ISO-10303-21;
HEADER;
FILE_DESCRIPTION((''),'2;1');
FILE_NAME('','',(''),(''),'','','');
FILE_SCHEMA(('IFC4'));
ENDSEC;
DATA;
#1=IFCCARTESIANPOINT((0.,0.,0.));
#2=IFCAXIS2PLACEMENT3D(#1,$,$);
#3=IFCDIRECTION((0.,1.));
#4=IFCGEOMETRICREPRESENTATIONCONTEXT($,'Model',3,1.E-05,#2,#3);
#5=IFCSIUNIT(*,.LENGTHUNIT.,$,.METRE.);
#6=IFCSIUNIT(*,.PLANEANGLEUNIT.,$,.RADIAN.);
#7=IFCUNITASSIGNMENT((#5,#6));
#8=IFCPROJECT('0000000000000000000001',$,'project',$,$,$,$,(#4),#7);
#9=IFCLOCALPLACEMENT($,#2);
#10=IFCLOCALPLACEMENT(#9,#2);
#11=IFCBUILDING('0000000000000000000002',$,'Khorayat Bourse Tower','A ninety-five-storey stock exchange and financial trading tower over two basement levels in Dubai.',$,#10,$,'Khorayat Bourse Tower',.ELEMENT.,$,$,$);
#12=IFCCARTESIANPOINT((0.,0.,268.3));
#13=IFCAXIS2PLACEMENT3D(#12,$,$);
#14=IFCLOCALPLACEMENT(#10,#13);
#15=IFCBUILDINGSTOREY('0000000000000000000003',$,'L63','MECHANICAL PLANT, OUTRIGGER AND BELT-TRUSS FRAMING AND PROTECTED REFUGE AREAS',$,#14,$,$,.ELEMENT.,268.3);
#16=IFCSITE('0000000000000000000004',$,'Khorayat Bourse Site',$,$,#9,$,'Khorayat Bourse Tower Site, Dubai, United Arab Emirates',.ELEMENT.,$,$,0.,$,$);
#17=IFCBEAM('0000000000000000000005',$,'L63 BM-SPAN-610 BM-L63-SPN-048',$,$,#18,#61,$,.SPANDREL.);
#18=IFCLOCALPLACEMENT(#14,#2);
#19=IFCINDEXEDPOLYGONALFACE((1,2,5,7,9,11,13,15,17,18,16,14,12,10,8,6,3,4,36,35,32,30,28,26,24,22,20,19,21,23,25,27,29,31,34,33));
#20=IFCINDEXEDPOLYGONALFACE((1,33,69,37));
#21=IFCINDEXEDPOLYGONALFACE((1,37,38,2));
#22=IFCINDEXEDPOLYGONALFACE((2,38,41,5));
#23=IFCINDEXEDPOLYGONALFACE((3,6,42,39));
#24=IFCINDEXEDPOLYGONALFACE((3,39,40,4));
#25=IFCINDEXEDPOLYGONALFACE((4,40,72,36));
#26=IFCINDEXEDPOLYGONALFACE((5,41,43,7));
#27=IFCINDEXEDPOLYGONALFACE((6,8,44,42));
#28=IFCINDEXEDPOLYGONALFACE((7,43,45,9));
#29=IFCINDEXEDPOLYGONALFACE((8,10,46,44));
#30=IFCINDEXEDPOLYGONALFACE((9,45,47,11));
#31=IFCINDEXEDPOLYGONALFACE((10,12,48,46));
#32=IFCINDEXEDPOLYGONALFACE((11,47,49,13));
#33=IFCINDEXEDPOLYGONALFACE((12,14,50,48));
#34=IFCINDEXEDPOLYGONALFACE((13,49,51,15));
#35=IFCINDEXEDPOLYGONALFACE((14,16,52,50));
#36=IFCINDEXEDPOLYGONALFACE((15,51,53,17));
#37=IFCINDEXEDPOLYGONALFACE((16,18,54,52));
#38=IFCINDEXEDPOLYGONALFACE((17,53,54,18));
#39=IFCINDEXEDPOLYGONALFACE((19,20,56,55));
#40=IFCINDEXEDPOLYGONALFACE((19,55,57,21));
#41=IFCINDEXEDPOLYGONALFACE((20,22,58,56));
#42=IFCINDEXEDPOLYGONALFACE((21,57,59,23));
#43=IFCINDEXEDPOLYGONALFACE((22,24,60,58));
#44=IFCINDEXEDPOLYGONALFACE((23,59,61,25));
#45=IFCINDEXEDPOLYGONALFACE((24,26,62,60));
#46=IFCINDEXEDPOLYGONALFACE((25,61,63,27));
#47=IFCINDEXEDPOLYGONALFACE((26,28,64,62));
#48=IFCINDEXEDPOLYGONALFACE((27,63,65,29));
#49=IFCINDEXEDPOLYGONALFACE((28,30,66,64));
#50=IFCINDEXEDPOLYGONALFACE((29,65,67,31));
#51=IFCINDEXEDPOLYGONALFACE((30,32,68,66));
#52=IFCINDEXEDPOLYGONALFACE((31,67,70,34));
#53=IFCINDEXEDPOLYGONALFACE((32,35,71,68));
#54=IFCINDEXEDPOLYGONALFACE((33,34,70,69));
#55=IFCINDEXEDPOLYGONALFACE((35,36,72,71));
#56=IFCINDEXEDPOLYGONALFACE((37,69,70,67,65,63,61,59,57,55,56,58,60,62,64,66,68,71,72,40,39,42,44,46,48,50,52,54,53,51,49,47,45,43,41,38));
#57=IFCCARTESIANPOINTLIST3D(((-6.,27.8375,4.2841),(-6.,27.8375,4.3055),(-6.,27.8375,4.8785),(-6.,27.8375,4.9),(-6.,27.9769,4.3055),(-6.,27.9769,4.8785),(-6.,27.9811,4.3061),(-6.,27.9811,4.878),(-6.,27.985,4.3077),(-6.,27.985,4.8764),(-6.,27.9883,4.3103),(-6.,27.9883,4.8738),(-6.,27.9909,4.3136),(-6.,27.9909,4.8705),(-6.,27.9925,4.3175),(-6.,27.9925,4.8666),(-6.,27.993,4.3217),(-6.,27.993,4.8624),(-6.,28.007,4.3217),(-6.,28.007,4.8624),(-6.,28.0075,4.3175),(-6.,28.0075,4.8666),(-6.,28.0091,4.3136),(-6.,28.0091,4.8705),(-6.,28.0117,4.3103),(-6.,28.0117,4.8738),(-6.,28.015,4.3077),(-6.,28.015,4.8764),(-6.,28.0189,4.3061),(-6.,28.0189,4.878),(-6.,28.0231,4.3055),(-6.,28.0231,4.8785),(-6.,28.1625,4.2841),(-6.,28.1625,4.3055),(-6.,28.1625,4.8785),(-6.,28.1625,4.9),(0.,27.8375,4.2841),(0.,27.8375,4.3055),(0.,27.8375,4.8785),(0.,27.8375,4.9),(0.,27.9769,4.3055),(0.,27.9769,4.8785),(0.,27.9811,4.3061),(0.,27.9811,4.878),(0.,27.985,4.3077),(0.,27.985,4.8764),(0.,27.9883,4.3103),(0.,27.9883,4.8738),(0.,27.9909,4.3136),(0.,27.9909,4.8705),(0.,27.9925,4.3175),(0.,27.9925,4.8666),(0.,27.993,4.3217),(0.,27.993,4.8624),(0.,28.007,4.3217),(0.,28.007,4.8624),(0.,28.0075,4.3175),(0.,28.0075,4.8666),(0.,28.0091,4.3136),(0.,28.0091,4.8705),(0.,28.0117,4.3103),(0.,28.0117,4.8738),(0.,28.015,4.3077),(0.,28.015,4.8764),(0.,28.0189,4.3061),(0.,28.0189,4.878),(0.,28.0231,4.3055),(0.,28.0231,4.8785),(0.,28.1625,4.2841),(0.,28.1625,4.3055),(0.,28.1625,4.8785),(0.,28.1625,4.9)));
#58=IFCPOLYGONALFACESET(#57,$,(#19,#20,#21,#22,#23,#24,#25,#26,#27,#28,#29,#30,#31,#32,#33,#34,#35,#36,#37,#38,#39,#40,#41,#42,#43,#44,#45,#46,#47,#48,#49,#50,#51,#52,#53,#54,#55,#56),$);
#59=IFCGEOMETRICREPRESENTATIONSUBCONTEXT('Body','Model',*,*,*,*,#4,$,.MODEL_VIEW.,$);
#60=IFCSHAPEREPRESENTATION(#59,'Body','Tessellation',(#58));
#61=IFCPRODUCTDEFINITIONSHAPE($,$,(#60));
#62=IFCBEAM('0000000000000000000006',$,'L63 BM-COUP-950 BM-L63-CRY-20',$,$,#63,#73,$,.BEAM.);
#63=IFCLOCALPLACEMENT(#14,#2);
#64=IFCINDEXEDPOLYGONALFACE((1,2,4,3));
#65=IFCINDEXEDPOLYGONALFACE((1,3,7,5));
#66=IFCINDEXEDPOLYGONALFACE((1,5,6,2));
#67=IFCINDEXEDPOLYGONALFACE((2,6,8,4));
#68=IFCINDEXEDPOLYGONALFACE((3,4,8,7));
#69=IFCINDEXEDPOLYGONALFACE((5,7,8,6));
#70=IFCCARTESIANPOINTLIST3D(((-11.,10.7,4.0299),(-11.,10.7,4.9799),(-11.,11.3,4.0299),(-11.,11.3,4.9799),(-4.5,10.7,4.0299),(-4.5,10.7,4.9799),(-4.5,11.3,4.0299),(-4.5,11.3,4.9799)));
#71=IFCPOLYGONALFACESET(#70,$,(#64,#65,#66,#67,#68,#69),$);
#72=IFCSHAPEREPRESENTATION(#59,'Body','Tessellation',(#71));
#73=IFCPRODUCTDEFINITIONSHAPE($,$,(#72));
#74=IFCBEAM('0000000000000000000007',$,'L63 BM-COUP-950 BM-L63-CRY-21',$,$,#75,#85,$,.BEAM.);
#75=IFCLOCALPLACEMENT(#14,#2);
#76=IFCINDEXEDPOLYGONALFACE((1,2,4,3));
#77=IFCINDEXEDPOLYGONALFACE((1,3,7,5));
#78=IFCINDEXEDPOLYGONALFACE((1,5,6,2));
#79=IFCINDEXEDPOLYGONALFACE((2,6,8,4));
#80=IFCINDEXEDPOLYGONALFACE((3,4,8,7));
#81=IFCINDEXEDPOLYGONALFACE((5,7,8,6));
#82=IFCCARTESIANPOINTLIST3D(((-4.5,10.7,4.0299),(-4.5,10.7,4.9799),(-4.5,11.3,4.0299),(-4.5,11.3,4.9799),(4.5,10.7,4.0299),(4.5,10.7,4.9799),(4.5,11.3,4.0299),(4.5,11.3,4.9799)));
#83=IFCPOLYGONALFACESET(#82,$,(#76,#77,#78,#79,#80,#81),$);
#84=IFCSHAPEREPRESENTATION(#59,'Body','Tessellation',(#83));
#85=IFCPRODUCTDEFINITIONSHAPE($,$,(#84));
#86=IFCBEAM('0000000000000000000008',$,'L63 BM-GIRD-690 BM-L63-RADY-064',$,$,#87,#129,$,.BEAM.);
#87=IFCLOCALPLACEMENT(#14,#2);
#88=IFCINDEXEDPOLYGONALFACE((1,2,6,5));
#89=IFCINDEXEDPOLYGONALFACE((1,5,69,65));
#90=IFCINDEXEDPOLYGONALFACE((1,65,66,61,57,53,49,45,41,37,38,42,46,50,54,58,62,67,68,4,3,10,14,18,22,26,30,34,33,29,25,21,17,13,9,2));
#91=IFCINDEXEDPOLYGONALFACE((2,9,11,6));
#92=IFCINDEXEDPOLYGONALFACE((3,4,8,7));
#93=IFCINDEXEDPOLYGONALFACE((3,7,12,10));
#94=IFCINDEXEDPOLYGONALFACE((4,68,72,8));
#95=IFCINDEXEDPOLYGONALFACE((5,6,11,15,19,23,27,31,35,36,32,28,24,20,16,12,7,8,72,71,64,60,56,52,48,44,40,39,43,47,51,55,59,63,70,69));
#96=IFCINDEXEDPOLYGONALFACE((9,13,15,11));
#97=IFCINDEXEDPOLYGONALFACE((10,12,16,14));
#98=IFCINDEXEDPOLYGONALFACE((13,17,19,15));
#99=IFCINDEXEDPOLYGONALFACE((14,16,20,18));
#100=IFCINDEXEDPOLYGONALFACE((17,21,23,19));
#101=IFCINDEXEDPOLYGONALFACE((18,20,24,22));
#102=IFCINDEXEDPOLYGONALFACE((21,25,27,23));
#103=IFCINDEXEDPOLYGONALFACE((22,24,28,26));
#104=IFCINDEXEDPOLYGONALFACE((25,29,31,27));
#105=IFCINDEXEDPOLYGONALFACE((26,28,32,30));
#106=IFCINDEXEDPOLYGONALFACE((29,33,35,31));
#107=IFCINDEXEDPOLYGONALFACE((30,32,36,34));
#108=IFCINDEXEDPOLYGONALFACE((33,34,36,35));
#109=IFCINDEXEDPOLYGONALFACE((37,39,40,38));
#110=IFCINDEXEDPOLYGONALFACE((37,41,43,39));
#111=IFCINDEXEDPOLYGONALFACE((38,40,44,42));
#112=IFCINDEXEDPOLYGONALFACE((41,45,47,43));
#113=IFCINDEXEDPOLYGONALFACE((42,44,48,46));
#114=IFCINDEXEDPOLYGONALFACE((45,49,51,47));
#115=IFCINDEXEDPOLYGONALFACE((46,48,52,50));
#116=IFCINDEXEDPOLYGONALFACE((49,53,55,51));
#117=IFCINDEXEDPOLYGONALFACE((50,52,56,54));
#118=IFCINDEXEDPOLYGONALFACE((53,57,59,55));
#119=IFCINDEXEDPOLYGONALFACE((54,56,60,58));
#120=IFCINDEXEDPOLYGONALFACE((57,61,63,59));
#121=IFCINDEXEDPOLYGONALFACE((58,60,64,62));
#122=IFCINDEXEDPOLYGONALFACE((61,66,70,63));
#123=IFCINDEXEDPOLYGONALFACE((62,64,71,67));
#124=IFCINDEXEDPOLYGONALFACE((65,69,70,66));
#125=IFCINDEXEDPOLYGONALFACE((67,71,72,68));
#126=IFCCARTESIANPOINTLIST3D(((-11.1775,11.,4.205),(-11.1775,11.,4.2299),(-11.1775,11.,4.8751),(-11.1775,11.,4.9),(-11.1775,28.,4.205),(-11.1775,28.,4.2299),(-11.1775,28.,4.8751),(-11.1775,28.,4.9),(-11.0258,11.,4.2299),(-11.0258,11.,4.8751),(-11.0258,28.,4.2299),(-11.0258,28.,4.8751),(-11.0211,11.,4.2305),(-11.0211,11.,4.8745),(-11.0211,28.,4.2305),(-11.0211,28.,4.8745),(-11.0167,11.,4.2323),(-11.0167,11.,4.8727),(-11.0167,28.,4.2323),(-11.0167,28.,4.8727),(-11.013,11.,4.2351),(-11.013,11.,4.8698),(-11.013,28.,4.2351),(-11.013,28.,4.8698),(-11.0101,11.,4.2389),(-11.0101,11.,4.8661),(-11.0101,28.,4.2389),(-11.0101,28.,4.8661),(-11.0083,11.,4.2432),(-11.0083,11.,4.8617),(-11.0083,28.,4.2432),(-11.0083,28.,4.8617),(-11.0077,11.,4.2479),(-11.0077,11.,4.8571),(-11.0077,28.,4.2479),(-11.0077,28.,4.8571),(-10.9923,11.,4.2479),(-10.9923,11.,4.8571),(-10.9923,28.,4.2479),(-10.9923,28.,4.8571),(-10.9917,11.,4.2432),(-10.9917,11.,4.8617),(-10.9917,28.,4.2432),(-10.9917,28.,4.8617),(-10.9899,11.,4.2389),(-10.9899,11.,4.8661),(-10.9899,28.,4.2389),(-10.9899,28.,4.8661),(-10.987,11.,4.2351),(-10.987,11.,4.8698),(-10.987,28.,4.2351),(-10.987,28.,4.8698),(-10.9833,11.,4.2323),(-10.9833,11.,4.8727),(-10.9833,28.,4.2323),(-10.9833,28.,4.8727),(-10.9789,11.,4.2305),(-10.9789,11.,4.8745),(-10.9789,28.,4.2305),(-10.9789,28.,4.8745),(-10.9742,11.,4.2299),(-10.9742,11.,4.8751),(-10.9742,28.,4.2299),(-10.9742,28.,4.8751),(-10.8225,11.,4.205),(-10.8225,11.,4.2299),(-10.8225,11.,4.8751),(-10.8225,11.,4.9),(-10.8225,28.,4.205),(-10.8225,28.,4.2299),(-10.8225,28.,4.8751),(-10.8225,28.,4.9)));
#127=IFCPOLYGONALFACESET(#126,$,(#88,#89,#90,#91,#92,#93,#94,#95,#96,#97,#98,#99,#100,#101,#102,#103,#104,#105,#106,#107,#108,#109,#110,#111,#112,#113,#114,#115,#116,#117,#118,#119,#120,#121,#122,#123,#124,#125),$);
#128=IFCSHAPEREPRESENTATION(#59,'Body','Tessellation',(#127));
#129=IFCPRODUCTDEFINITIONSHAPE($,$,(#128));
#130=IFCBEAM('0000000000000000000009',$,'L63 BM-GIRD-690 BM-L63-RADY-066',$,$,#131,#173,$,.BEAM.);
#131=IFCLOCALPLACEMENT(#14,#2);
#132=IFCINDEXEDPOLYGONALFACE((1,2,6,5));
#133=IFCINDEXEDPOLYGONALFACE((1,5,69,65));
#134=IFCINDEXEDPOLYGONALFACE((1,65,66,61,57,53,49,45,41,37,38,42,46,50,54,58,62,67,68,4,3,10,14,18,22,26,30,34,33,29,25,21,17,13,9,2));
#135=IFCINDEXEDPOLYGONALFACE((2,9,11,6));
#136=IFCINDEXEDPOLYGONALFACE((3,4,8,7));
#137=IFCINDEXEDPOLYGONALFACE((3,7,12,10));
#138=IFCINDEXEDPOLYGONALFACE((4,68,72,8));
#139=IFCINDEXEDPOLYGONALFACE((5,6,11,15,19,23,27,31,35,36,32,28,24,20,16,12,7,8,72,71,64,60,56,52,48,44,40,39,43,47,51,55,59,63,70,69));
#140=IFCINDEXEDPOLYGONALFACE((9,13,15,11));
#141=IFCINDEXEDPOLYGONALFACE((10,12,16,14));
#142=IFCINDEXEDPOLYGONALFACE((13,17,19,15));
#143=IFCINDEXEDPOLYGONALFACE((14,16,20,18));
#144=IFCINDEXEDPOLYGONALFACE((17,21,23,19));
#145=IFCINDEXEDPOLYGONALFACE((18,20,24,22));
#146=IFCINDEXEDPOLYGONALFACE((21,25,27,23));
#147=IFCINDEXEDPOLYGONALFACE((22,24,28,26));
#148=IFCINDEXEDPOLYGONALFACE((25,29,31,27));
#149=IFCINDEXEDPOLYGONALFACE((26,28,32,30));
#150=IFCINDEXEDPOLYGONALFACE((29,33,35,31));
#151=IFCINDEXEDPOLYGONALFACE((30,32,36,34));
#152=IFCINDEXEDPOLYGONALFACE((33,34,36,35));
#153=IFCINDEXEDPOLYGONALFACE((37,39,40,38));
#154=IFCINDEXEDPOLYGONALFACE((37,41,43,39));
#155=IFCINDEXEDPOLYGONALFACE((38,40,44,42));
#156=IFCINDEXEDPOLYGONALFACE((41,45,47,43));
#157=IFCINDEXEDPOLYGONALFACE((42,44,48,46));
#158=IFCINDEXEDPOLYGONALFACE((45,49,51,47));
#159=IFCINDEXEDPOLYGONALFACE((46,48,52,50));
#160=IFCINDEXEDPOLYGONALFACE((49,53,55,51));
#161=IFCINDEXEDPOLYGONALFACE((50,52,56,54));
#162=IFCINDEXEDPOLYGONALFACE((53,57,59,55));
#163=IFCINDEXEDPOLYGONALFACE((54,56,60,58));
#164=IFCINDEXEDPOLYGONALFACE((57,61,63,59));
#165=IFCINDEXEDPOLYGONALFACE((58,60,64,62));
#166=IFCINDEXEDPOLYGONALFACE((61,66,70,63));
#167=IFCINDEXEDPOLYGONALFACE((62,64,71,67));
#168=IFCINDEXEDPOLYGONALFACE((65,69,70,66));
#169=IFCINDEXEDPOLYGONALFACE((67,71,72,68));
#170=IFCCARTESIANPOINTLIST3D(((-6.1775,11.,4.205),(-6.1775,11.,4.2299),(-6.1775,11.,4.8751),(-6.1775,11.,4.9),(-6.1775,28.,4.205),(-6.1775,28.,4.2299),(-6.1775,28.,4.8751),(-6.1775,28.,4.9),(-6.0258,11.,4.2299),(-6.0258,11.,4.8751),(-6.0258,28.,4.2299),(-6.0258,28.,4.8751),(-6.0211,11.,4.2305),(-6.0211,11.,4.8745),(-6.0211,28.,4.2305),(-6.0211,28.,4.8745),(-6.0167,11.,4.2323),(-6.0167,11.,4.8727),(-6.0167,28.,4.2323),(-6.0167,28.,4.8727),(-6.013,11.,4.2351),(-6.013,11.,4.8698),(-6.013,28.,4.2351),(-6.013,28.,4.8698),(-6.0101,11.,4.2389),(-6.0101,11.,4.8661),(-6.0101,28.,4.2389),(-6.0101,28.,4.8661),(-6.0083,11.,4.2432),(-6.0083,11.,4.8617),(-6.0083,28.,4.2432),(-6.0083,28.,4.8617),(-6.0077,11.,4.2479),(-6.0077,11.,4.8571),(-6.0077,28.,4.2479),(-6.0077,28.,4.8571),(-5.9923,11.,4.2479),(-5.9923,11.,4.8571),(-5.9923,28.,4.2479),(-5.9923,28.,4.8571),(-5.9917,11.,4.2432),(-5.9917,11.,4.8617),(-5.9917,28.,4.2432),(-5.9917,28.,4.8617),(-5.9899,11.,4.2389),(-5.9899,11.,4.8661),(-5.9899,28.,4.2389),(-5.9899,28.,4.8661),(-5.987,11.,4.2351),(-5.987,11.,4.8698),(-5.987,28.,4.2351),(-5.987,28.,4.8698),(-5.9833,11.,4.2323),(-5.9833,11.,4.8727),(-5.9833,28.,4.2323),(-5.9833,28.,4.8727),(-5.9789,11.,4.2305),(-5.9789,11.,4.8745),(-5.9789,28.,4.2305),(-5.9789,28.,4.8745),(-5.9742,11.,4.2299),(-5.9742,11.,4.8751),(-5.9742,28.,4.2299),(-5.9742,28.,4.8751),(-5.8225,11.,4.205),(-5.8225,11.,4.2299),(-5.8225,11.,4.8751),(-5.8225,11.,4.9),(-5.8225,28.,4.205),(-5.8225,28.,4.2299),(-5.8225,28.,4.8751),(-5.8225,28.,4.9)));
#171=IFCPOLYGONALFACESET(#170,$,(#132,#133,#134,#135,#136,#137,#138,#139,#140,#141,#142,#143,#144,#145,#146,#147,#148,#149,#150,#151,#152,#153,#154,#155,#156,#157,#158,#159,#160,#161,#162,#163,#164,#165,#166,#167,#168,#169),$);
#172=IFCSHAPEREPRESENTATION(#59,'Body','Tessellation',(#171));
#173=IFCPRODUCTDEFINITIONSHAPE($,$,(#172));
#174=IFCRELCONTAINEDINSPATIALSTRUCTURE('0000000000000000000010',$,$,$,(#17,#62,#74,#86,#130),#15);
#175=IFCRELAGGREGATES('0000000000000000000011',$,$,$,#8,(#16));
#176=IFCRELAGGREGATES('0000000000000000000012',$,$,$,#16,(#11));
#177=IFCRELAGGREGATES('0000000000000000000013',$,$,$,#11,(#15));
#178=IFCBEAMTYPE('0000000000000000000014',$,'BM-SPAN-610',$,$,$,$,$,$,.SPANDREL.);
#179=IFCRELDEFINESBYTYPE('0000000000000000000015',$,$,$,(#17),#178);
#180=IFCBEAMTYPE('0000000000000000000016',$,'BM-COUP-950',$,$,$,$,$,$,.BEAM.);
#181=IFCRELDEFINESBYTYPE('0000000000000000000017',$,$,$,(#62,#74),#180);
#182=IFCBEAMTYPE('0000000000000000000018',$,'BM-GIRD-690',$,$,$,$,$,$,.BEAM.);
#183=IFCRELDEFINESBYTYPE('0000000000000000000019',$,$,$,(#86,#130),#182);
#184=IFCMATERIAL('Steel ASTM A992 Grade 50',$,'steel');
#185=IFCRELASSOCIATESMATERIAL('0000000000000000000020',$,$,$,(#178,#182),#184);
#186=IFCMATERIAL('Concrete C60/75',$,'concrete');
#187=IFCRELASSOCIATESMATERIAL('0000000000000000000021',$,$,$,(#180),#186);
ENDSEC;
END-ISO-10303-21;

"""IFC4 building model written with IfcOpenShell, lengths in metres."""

from ifc_helpers import new_model, si_unit, direction, frame, origin, origin_2d, place, context, subcontext, project, spatial, rectangle, i_section, extrude, source, transform, mapped, material, material_profile, profile_set, type_object, element, save


model = new_model("IFC4")

# Units and contexts
model_context = context("Model", 3, precision=1e-05, world=origin(), true_north=direction((0.0, 1.0)))
body_context = subcontext(model_context, "Body", "Model", "MODEL_VIEW")
ifc_project = project(units=[si_unit("LENGTHUNIT", "METRE"), si_unit("PLANEANGLEUNIT", "RADIAN")], contexts=[model_context])

# Site, building, storey
site_placement = place(None, origin())
site = spatial("IfcSite", under=ifc_project, at=site_placement, Name="Khorayat Bourse Site", LongName="Khorayat Bourse Tower Site, Dubai, United Arab Emirates", CompositionType="ELEMENT", RefElevation=0.0)
building_placement = place(site_placement, origin())
building = spatial("IfcBuilding", under=site, at=building_placement, Name="Khorayat Bourse Tower", Description="A ninety-five-storey stock exchange and financial trading tower over two basement levels in Dubai.", LongName="Khorayat Bourse Tower", CompositionType="ELEMENT")
storey_placement = place(building_placement, frame((0.0, 0.0, 268.3)))
storey = spatial("IfcBuildingStorey", under=building, at=storey_placement, Name="L63", Description="MECHANICAL PLANT, OUTRIGGER AND BELT-TRUSS FRAMING AND PROTECTED REFUGE AREAS", CompositionType="ELEMENT", Elevation=268.3)

# Beams
ifc_material_1 = material(Name="Steel ASTM A992 Grade 50", Category="steel")
ifc_material_profile_1 = material_profile(ifc_material_1, i_section(OverallWidth=0.325, OverallDepth=0.616, WebThickness=0.0139, FlangeThickness=0.0215, FilletRadius=0.0161, at=origin_2d()), Name="W610X174")
ifc_profile_set_1 = profile_set([ifc_material_profile_1], Name="Steel ASTM A992 Grade 50")
beam_type_1 = type_object("IfcBeamType", Name="BM-SPAN-610", PredefinedType="SPANDREL", material=ifc_profile_set_1)
shared_shape_1 = source(origin(), body_context, "Body", "SweptSolid", [
    extrude(i_section(OverallWidth=0.325, OverallDepth=0.616, WebThickness=0.0139, FlangeThickness=0.0215, FilletRadius=0.0161, at=origin_2d()), origin(), (0.0, 0.0, 1.0), 6.0),
])
beam_1_placement = place(storey_placement, frame((-6.0, 28.0, 4.592), z_axis=(1.0, 0.0, 0.0), x_axis=(0.0, 1.0, 0.0)))
element("IfcBeam", 1, at=beam_1_placement, inside=storey, type_object=beam_type_1, Name="L63 BM-SPAN-610 BM-L63-SPN-048", PredefinedType="SPANDREL", context=body_context, shape_type="MappedRepresentation", body=[
    mapped(shared_shape_1, transform((0.0, 0.0, 0.0), scale=1.0)),
])
ifc_material_2 = material(Name="Concrete C60/75", Category="concrete")
ifc_material_profile_2 = material_profile(ifc_material_2, rectangle(XDim=0.6001, YDim=0.95, at=origin_2d()), Name="RC 600x950")
ifc_profile_set_2 = profile_set([ifc_material_profile_2], Name="Concrete C60/75")
beam_type_2 = type_object("IfcBeamType", Name="BM-COUP-950", PredefinedType="BEAM", material=ifc_profile_set_2)
shared_shape_2 = source(origin(), body_context, "Body", "SweptSolid", [
    extrude(rectangle(XDim=0.6001, YDim=0.95, at=origin_2d()), origin(), (0.0, 0.0, 1.0), 6.5),
])
beam_2_placement = place(storey_placement, frame((-11.0, 11.0, 4.5049), z_axis=(1.0, 0.0, 0.0), x_axis=(0.0, 1.0, 0.0)))
element("IfcBeam", 2, at=beam_2_placement, inside=storey, type_object=beam_type_2, Name="L63 BM-COUP-950 BM-L63-CRY-20", PredefinedType="BEAM", context=body_context, shape_type="MappedRepresentation", body=[
    mapped(shared_shape_2, transform((0.0, 0.0, 0.0), scale=1.0)),
])
shared_shape_3 = source(origin(), body_context, "Body", "SweptSolid", [
    extrude(rectangle(XDim=0.6001, YDim=0.95, at=origin_2d()), origin(), (0.0, 0.0, 1.0), 9.0),
])
beam_3_placement = place(storey_placement, frame((-4.5, 11.0, 4.5049), z_axis=(1.0, 0.0, 0.0), x_axis=(0.0, 1.0, 0.0)))
element("IfcBeam", 3, at=beam_3_placement, inside=storey, type_object=beam_type_2, Name="L63 BM-COUP-950 BM-L63-CRY-21", PredefinedType="BEAM", context=body_context, shape_type="MappedRepresentation", body=[
    mapped(shared_shape_3, transform((0.0, 0.0, 0.0), scale=1.0)),
])
ifc_material_profile_3 = material_profile(ifc_material_1, i_section(OverallWidth=0.355, OverallDepth=0.6951, WebThickness=0.0154, FlangeThickness=0.0249, FilletRadius=0.0181, at=origin_2d()), Name="W690X217")
ifc_profile_set_3 = profile_set([ifc_material_profile_3], Name="Steel ASTM A992 Grade 50")
beam_type_3 = type_object("IfcBeamType", Name="BM-GIRD-690", PredefinedType="BEAM", material=ifc_profile_set_3)
shared_shape_4 = source(origin(), body_context, "Body", "SweptSolid", [
    extrude(i_section(OverallWidth=0.355, OverallDepth=0.6951, WebThickness=0.0154, FlangeThickness=0.0249, FilletRadius=0.0181, at=origin_2d()), origin(), (0.0, 0.0, 1.0), 17.0),
])
for number, where, z_axis, x_axis, name in (
    (4, (-11.0, 11.0, 4.5525), (0.0, 1.0, 0.0), (-1.0, 0.0, 0.0), "L63 BM-GIRD-690 BM-L63-RADY-064"),
    (5, (-6.0, 11.0, 4.5525), (0.0, 1.0, 0.0), (-1.0, 0.0, 0.0), "L63 BM-GIRD-690 BM-L63-RADY-066"),
):
    element("IfcBeam", number, at=place(storey_placement, frame(where, z_axis=z_axis, x_axis=x_axis)), inside=storey, type_object=beam_type_3, Name=name, PredefinedType="BEAM", context=body_context, shape_type="MappedRepresentation", body=[
        mapped(shared_shape_4, transform((0.0, 0.0, 0.0), scale=1.0)),
    ])

save(model, "model.ifc")
